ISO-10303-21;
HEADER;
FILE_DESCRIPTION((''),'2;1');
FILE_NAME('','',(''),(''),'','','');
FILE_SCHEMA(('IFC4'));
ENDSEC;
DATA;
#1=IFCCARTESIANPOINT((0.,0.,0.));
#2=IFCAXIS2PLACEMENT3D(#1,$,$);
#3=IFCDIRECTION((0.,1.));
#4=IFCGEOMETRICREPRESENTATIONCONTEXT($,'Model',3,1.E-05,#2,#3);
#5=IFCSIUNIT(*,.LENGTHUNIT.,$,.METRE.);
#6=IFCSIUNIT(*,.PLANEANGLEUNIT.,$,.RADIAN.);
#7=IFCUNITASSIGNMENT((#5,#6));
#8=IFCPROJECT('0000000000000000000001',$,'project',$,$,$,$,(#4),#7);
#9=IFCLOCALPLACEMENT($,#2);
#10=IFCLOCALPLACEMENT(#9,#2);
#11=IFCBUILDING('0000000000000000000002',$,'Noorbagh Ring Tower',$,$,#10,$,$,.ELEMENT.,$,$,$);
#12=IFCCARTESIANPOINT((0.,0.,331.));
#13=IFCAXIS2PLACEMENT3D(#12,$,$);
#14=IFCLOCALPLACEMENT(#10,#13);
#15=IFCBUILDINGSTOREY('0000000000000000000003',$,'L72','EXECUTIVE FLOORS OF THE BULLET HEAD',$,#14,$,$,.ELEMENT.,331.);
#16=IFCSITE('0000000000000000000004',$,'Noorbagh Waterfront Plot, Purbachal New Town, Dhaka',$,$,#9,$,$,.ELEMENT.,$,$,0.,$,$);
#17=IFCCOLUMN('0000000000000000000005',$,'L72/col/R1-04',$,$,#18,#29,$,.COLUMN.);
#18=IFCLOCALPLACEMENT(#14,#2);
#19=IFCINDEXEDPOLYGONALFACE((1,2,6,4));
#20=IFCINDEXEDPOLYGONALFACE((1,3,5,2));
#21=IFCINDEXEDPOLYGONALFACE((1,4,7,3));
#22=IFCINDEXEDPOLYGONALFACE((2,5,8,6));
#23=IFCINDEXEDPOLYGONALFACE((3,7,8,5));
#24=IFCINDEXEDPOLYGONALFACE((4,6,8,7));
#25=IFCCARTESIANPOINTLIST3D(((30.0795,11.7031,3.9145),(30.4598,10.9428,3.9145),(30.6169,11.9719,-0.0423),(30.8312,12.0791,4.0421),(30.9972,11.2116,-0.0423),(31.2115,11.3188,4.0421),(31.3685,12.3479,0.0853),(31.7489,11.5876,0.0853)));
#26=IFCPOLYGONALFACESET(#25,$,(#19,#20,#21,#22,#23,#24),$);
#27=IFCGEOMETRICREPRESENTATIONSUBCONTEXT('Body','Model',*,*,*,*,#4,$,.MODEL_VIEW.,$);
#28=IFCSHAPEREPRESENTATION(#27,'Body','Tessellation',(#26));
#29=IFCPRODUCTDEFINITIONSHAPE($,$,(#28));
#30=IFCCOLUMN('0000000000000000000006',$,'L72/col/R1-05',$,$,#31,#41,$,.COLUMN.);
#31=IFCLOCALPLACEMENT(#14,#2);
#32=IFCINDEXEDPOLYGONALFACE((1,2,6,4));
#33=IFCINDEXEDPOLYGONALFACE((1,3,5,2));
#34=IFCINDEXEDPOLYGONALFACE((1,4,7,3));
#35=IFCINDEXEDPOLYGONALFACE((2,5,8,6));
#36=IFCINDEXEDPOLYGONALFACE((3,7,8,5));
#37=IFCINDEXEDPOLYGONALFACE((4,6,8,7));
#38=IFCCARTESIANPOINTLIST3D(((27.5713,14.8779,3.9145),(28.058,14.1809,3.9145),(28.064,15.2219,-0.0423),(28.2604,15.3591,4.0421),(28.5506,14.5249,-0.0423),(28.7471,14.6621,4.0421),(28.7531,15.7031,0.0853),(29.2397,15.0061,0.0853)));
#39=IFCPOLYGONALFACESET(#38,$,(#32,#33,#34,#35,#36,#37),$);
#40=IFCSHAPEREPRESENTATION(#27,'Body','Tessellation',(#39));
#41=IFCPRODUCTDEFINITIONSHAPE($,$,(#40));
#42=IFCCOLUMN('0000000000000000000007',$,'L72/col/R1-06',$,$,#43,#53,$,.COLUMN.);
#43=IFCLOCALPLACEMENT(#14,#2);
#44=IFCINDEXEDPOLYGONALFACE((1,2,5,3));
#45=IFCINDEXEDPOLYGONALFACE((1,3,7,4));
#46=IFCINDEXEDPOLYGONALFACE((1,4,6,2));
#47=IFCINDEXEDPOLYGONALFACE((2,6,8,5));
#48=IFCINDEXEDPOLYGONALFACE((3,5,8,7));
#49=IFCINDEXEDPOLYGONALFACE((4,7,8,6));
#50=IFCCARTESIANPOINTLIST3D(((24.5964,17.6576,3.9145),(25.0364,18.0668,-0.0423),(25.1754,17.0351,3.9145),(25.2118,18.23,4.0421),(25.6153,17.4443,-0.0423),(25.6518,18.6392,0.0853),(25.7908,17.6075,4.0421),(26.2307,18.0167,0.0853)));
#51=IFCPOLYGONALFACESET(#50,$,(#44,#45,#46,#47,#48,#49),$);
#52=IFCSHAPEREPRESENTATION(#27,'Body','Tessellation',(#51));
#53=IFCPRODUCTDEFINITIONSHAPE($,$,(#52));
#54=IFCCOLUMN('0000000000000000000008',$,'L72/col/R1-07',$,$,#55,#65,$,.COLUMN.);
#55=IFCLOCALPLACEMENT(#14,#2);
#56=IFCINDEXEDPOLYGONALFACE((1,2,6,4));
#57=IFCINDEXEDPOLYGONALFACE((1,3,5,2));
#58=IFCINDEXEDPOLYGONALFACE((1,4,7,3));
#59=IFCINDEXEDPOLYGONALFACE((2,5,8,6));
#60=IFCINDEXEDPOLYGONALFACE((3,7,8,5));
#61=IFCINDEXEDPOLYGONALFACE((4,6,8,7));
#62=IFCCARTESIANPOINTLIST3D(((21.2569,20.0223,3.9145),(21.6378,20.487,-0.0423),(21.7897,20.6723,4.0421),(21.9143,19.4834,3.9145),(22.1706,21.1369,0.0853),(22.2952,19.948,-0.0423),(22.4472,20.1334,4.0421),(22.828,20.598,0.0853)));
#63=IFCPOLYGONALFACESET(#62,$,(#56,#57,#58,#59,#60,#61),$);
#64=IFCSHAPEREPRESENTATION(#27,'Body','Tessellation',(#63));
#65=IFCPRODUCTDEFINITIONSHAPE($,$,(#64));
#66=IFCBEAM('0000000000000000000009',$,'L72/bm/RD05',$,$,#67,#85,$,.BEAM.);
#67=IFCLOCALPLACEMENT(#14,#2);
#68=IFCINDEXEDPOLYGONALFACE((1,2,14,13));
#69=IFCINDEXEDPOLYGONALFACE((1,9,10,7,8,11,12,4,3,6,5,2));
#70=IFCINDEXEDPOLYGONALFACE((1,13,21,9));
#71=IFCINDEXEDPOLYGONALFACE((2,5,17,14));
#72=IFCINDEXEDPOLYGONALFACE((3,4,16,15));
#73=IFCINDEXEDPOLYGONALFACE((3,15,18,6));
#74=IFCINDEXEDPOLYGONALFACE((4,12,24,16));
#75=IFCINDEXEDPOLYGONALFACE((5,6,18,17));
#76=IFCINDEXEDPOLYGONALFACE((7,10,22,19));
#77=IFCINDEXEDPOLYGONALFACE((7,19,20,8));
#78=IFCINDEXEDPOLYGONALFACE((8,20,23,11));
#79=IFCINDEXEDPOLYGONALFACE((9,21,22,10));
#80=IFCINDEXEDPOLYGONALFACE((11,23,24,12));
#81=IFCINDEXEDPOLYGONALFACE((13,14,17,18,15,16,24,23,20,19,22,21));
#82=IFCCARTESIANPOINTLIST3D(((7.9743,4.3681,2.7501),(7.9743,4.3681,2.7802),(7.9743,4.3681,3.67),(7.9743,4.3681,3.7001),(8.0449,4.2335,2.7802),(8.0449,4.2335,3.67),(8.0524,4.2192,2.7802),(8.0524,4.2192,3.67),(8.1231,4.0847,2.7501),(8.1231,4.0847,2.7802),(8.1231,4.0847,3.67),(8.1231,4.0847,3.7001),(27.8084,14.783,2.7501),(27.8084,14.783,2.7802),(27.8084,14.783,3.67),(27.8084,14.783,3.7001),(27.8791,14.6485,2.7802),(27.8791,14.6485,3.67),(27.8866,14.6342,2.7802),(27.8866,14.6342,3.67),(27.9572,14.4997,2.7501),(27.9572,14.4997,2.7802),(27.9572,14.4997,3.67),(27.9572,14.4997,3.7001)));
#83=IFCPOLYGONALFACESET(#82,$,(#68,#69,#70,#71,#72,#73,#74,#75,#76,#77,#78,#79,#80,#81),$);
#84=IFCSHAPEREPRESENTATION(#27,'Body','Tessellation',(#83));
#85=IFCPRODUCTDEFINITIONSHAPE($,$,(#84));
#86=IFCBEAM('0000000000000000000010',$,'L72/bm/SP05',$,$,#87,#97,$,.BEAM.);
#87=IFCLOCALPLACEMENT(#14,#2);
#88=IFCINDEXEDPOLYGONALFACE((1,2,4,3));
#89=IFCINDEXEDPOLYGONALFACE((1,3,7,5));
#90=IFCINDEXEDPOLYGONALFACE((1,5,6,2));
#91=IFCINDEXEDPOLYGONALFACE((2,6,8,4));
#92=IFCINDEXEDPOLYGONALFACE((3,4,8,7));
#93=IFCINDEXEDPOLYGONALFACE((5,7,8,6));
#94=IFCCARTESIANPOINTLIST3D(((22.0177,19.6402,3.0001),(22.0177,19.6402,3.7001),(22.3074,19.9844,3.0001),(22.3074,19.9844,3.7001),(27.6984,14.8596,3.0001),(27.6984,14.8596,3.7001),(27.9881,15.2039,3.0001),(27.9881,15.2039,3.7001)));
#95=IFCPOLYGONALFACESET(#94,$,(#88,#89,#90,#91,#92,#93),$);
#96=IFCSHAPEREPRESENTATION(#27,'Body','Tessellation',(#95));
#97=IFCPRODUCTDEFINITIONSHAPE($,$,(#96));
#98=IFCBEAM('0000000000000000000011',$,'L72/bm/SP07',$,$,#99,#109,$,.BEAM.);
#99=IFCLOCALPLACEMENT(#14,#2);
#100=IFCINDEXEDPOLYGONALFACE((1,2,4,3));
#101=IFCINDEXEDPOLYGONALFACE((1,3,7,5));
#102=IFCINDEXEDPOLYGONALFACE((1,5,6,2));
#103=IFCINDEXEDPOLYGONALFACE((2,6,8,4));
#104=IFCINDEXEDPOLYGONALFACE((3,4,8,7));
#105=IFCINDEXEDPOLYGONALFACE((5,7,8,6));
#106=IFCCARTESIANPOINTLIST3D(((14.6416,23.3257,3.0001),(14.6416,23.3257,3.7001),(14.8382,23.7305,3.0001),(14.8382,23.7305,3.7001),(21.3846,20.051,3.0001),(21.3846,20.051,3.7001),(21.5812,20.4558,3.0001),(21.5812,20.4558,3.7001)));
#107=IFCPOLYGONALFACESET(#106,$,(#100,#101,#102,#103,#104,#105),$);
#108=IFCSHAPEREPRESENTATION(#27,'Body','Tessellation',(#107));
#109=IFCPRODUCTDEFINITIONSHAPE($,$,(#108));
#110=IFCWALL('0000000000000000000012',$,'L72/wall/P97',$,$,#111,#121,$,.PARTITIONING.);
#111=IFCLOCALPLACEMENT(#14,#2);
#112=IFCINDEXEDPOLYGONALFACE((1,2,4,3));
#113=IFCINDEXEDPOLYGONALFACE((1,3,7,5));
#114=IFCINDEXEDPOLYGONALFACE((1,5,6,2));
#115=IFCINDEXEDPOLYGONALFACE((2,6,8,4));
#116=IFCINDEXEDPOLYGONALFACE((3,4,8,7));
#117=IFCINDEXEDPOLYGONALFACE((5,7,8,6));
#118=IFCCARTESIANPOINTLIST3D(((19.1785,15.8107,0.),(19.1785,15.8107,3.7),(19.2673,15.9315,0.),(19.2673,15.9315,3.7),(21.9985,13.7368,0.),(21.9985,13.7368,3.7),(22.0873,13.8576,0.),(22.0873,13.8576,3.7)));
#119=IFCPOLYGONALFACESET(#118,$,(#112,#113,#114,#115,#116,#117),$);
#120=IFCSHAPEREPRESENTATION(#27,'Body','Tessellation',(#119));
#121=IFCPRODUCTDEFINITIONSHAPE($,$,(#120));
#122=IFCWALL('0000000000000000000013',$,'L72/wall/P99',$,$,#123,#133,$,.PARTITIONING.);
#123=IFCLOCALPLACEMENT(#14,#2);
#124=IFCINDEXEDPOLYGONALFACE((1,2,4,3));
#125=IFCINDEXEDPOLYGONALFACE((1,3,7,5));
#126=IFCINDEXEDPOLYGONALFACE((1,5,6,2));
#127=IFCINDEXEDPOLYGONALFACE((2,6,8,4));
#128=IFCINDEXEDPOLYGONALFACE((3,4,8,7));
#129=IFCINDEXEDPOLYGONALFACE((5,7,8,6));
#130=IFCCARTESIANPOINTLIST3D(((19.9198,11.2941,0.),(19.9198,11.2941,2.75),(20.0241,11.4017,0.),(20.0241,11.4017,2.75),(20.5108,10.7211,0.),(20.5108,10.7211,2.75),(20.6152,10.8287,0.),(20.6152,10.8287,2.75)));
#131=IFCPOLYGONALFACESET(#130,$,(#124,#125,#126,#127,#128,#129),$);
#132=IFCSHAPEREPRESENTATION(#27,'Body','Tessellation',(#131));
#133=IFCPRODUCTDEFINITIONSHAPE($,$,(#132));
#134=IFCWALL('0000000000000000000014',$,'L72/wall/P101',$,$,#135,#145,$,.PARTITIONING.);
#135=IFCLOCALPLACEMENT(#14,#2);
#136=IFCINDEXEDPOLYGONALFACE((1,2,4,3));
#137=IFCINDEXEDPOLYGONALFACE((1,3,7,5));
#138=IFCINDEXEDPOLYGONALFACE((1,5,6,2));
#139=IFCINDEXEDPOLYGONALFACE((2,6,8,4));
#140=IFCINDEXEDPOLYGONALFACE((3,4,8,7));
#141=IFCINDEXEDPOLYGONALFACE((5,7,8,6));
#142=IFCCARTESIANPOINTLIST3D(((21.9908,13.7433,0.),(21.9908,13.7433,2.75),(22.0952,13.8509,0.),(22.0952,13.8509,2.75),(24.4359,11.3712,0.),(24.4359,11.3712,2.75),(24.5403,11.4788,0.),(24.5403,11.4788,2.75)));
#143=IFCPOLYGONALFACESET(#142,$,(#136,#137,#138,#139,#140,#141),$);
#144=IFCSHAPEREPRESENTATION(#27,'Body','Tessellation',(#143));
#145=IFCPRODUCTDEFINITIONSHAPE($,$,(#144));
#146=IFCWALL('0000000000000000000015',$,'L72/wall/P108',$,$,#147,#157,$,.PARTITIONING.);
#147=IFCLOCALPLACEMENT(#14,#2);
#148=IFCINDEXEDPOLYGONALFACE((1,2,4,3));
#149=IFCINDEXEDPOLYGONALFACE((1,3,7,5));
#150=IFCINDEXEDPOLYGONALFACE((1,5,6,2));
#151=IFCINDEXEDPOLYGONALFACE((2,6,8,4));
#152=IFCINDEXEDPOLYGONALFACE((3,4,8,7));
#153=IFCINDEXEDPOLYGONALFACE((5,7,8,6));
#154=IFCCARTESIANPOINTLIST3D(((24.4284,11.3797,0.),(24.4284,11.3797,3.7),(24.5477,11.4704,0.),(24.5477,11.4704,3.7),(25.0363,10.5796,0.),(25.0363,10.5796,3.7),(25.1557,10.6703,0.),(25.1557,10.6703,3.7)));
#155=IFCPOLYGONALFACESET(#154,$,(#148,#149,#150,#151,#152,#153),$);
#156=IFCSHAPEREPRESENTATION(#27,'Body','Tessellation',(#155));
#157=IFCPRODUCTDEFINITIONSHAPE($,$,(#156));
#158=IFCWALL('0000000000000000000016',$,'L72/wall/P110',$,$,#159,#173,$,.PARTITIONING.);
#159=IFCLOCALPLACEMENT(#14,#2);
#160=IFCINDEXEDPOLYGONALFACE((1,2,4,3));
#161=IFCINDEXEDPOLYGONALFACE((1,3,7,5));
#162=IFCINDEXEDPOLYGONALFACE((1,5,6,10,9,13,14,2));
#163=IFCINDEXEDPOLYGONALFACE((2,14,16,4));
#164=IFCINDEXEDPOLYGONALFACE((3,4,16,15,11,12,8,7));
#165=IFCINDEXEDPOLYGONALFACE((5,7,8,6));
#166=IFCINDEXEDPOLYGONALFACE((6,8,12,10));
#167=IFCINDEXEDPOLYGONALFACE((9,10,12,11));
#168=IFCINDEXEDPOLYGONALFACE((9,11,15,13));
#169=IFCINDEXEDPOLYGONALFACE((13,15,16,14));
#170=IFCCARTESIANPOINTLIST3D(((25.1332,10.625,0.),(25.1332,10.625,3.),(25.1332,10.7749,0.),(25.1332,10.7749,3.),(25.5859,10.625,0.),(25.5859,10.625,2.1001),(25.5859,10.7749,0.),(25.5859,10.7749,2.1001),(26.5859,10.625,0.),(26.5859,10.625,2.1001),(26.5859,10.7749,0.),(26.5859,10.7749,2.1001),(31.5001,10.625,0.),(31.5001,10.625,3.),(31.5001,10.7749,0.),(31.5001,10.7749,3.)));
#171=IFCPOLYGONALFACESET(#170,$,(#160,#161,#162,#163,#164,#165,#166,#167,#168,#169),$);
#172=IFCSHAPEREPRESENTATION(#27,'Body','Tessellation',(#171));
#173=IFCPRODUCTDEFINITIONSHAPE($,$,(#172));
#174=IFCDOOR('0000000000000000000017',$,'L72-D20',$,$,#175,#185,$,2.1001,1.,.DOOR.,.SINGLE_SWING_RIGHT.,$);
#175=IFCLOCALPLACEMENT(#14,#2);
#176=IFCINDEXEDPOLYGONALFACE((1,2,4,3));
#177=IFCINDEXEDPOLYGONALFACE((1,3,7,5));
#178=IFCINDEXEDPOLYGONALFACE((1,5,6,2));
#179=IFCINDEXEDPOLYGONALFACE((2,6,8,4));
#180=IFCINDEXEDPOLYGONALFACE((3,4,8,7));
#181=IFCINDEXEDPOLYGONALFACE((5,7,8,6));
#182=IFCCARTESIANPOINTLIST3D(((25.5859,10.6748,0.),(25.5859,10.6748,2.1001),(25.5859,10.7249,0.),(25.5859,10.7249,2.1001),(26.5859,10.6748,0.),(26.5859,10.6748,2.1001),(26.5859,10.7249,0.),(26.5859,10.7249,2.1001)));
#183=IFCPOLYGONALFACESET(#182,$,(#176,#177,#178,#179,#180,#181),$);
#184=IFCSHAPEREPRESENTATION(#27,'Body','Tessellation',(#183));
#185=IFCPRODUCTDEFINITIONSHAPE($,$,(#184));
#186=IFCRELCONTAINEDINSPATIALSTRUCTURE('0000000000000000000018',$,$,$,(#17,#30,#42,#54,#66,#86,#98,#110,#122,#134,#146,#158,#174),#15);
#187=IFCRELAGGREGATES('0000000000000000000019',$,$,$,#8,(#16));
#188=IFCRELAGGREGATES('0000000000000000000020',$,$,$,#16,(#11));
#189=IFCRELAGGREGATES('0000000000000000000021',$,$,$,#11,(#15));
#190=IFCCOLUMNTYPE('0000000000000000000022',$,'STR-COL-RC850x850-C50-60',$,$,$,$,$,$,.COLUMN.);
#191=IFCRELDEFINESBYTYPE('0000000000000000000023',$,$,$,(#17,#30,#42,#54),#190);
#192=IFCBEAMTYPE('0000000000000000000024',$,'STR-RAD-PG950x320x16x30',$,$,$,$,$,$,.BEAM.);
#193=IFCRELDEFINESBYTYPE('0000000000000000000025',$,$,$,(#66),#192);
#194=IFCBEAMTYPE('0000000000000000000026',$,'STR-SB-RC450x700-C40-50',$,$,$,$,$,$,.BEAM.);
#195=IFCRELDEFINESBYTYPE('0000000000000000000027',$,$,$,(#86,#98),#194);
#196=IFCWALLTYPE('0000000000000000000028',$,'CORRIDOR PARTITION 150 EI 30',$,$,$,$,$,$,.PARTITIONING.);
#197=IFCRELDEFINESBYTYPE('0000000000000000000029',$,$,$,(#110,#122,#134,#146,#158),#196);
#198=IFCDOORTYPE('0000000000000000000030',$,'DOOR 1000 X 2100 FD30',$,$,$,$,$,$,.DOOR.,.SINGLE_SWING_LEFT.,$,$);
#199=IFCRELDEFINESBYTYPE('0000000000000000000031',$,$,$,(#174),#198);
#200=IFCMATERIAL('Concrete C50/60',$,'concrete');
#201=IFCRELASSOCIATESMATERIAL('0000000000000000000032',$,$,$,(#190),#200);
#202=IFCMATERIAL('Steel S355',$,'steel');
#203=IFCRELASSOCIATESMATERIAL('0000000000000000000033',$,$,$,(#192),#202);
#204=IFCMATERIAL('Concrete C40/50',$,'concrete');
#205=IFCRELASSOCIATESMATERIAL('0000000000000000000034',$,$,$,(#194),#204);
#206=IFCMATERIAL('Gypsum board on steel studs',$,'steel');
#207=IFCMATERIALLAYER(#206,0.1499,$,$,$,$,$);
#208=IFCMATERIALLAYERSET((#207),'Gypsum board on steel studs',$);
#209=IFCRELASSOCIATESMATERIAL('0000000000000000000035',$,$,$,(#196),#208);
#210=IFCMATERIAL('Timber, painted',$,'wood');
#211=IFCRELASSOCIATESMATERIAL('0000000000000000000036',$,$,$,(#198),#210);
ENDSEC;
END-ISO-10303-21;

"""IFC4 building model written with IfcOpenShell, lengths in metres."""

from ifc_helpers import new_model, si_unit, direction, frame, frame_2d, origin, origin_2d, place, context, subcontext, project, spatial, rectangle, i_section, extrude, material, layer, layer_set, material_profile, profile_set, type_object, element, fill, save


model = new_model("IFC4")

# Units and contexts
model_context = context("Model", 3, precision=1e-05, world=origin(), true_north=direction((0.0, 1.0)))
body_context = subcontext(model_context, "Body", "Model", "MODEL_VIEW")
ifc_project = project(units=[si_unit("LENGTHUNIT", "METRE"), si_unit("PLANEANGLEUNIT", "RADIAN")], contexts=[model_context])

# Site, building, storey
site_placement = place(None, origin())
site = spatial("IfcSite", under=ifc_project, at=site_placement, Name="Noorbagh Waterfront Plot, Purbachal New Town, Dhaka", CompositionType="ELEMENT", RefElevation=0.0)
building_placement = place(site_placement, origin())
building = spatial("IfcBuilding", under=site, at=building_placement, Name="Noorbagh Ring Tower", CompositionType="ELEMENT")
storey_placement = place(building_placement, frame((0.0, 0.0, 331.0)))
storey = spatial("IfcBuildingStorey", under=building, at=storey_placement, Name="L72", Description="EXECUTIVE FLOORS OF THE BULLET HEAD", CompositionType="ELEMENT", Elevation=331.0)

# Columns
ifc_material_1 = material(Name="Concrete C50/60", Category="concrete")
ifc_material_profile_1 = material_profile(ifc_material_1, rectangle(XDim=0.8501, YDim=0.8501, at=origin_2d()), Name="RC850x850")
ifc_profile_set_1 = profile_set([ifc_material_profile_1], Name="Concrete C50/60")
column_type = type_object("IfcColumnType", Name="STR-COL-RC850x850-C50-60", PredefinedType="COLUMN", material=ifc_profile_set_1)
for number, where, z_axis, x_axis, name in (
    (1, (31.1829, 11.7798, 0.0215), (-0.134266, -0.067164, 0.988667), (0.447376, -0.894346, 0.0), "L72/col/R1-04"),
    (2, (28.6519, 15.114, 0.0215), (-0.123103, -0.085952, 0.988665), (0.57248, -0.819919, 0.0), "L72/col/R1-05"),
    (3, (25.6335, 18.0417, 0.0215), (-0.109926, -0.10224, 0.988667), (0.681043, -0.732243, 0.0), "L72/col/R1-06"),
    (4, (22.2329, 20.5425, 0.0215), (-0.095164, -0.116088, 0.988669), (0.773359, -0.633968, 0.0), "L72/col/R1-07"),
):
    element("IfcColumn", number, at=place(storey_placement, frame(where, z_axis=z_axis, x_axis=x_axis)), inside=storey, type_object=column_type, Name=name, PredefinedType="COLUMN", context=body_context, shape_type="SweptSolid", body=[
        extrude(rectangle(XDim=0.8501, YDim=0.8501, at=origin_2d()), origin(), (0.0, 0.0, 1.0), 4.0022),
    ])

# Beams
ifc_material_2 = material(Name="Steel S355", Category="steel")
ifc_material_profile_2 = material_profile(ifc_material_2, i_section(OverallWidth=0.3201, OverallDepth=0.95, WebThickness=0.0161, FlangeThickness=0.03, at=origin_2d()), Name="PG950x320x16x30")
ifc_profile_set_2 = profile_set([ifc_material_profile_2], Name="Steel S355")
beam_type_1 = type_object("IfcBeamType", Name="STR-RAD-PG950x320x16x30", PredefinedType="BEAM", material=ifc_profile_set_2)
beam_1_placement = place(storey_placement, frame((27.8828, 14.6414, 3.2251), z_axis=(-0.88536, -0.464906, 0.0), x_axis=(0.464906, -0.88536, 0.0)))
element("IfcBeam", 5, at=beam_1_placement, inside=storey, type_object=beam_type_1, Name="L72/bm/RD05", PredefinedType="BEAM", context=body_context, shape_type="SweptSolid", body=[
    extrude(i_section(OverallWidth=0.3201, OverallDepth=0.95, WebThickness=0.0161, FlangeThickness=0.03, at=origin_2d()), origin(), (0.0, 0.0, 1.0), 22.4023),
])
ifc_material_3 = material(Name="Concrete C40/50", Category="concrete")
ifc_material_profile_3 = material_profile(ifc_material_3, rectangle(XDim=0.45, YDim=0.7, at=origin_2d()), Name="RC450x700")
ifc_profile_set_3 = profile_set([ifc_material_profile_3], Name="Concrete C40/50")
beam_type_2 = type_object("IfcBeamType", Name="STR-SB-RC450x700-C40-50", PredefinedType="BEAM", material=ifc_profile_set_3)
beam_2_placement = place(storey_placement, frame((27.8433, 15.0317, 3.3501), z_axis=(-0.765123, 0.643884, 0.0), x_axis=(-0.643884, -0.765123, 0.0)))
element("IfcBeam", 6, at=beam_2_placement, inside=storey, type_object=beam_type_2, Name="L72/bm/SP05", PredefinedType="BEAM", context=body_context, shape_type="SweptSolid", body=[
    extrude(rectangle(XDim=0.45, YDim=0.7, at=origin_2d()), origin(), (0.0, 0.0, 1.0), 7.4246),
])
beam_3_placement = place(storey_placement, frame((21.4829, 20.2534, 3.3501), z_axis=(-0.899533, 0.436853, 0.0), x_axis=(-0.436853, -0.899533, 0.0)))
element("IfcBeam", 7, at=beam_3_placement, inside=storey, type_object=beam_type_2, Name="L72/bm/SP07", PredefinedType="BEAM", context=body_context, shape_type="SweptSolid", body=[
    extrude(rectangle(XDim=0.45, YDim=0.7, at=origin_2d()), origin(), (0.0, 0.0, 1.0), 7.4961),
])

# Walls
ifc_material_4 = material(Name="Gypsum board on steel studs", Category="steel")
ifc_layer_1 = layer(ifc_material_4, 0.1499)
ifc_layer_set_1 = layer_set([ifc_layer_1], Name="Gypsum board on steel studs")
wall_type_1 = type_object("IfcWallType", Name="CORRIDOR PARTITION 150 EI 30", PredefinedType="PARTITIONING", material=ifc_layer_set_1)
wall_1_placement = place(storey_placement, frame((19.2229, 15.8711, 0.0), z_axis=(0.0, 0.0, 1.0), x_axis=(0.805597, -0.592464, 0.0)))
element("IfcWall", 8, at=wall_1_placement, inside=storey, type_object=wall_type_1, Name="L72/wall/P97", PredefinedType="PARTITIONING", context=body_context, shape_type="SweptSolid", body=[
    extrude(rectangle(XDim=3.5005, YDim=0.1499, at=frame_2d((1.7502, 0.0))), origin(), (0.0, 0.0, 1.0), 3.7),
])
wall_2_placement = place(storey_placement, frame((19.9719, 11.3479, 0.0), z_axis=(0.0, 0.0, 1.0), x_axis=(0.717995, -0.696049, 0.0)))
element("IfcWall", 9, at=wall_2_placement, inside=storey, type_object=wall_type_1, Name="L72/wall/P99", PredefinedType="PARTITIONING", context=body_context, shape_type="SweptSolid", body=[
    extrude(rectangle(XDim=0.8232, YDim=0.1499, at=frame_2d((0.4116, 0.0))), origin(), (0.0, 0.0, 1.0), 2.75),
])
wall_3_placement = place(storey_placement, frame((22.043, 13.7971, 0.0), z_axis=(0.0, 0.0, 1.0), x_axis=(0.71774, -0.696311, 0.0)))
element("IfcWall", 10, at=wall_3_placement, inside=storey, type_object=wall_type_1, Name="L72/wall/P101", PredefinedType="PARTITIONING", context=body_context, shape_type="SweptSolid", body=[
    extrude(rectangle(XDim=3.4067, YDim=0.1499, at=frame_2d((1.7034, 0.0))), origin(), (0.0, 0.0, 1.0), 2.75),
])
wall_4_placement = place(storey_placement, frame((24.488, 11.425, 0.0), z_axis=(0.0, 0.0, 1.0), x_axis=(0.605003, -0.796223, 0.0)))
element("IfcWall", 11, at=wall_4_placement, inside=storey, type_object=wall_type_1, Name="L72/wall/P108", PredefinedType="PARTITIONING", context=body_context, shape_type="SweptSolid", body=[
    extrude(rectangle(XDim=1.0049, YDim=0.1499, at=frame_2d((0.5024, 0.0))), origin(), (0.0, 0.0, 1.0), 3.7),
])

# Wall, opening, door
wall_5_placement = place(storey_placement, frame((25.1331, 10.7, 0.0), z_axis=(0.0, 0.0, 1.0), x_axis=(1.0, 0.0, 0.0)))
wall_5 = element("IfcWall", 12, at=wall_5_placement, inside=storey, type_object=wall_type_1, Name="L72/wall/P110", PredefinedType="PARTITIONING", context=body_context, shape_type="SweptSolid", body=[
    extrude(rectangle(XDim=6.3669, YDim=0.1499, at=frame_2d((3.1836, 0.0))), origin(), (0.0, 0.0, 1.0), 3.0),
])
opening_1_placement = place(wall_5_placement, frame((0.4529, 0.0, 0.0)))
opening_1 = element("IfcOpeningElement", 13, at=opening_1_placement, cuts=wall_5, PredefinedType="OPENING", context=body_context, shape_type="SweptSolid", body=[
    extrude(rectangle(XDim=1.0, YDim=2.1001, at=frame_2d((0.5, 1.05))), frame((0.0, 0.085, 0.0), z_axis=(0.0, -1.0, 0.0), x_axis=(1.0, 0.0, 0.0)), (0.0, 0.0, 1.0), 0.1699),
])
ifc_material_5 = material(Name="Timber, painted", Category="wood")
door_type = type_object("IfcDoorType", Name="DOOR 1000 X 2100 FD30", OperationType="SINGLE_SWING_LEFT", PredefinedType="DOOR", material=ifc_material_5)
door_1_placement = place(opening_1_placement, origin())
door_1 = element("IfcDoor", 14, at=door_1_placement, inside=storey, type_object=door_type, Name="L72-D20", OperationType="SINGLE_SWING_RIGHT", OverallHeight=2.1001, OverallWidth=1.0, PredefinedType="DOOR", context=body_context, shape_type="SweptSolid", body=[
    extrude(rectangle(XDim=1.0, YDim=2.1001, at=frame_2d((0.5, 1.05))), frame((0.0, 0.0249, 0.0), z_axis=(0.0, -1.0, 0.0), x_axis=(1.0, 0.0, 0.0)), (0.0, 0.0, 1.0), 0.05),
])
fill(opening_1, door_1)

save(model, "model.ifc")
